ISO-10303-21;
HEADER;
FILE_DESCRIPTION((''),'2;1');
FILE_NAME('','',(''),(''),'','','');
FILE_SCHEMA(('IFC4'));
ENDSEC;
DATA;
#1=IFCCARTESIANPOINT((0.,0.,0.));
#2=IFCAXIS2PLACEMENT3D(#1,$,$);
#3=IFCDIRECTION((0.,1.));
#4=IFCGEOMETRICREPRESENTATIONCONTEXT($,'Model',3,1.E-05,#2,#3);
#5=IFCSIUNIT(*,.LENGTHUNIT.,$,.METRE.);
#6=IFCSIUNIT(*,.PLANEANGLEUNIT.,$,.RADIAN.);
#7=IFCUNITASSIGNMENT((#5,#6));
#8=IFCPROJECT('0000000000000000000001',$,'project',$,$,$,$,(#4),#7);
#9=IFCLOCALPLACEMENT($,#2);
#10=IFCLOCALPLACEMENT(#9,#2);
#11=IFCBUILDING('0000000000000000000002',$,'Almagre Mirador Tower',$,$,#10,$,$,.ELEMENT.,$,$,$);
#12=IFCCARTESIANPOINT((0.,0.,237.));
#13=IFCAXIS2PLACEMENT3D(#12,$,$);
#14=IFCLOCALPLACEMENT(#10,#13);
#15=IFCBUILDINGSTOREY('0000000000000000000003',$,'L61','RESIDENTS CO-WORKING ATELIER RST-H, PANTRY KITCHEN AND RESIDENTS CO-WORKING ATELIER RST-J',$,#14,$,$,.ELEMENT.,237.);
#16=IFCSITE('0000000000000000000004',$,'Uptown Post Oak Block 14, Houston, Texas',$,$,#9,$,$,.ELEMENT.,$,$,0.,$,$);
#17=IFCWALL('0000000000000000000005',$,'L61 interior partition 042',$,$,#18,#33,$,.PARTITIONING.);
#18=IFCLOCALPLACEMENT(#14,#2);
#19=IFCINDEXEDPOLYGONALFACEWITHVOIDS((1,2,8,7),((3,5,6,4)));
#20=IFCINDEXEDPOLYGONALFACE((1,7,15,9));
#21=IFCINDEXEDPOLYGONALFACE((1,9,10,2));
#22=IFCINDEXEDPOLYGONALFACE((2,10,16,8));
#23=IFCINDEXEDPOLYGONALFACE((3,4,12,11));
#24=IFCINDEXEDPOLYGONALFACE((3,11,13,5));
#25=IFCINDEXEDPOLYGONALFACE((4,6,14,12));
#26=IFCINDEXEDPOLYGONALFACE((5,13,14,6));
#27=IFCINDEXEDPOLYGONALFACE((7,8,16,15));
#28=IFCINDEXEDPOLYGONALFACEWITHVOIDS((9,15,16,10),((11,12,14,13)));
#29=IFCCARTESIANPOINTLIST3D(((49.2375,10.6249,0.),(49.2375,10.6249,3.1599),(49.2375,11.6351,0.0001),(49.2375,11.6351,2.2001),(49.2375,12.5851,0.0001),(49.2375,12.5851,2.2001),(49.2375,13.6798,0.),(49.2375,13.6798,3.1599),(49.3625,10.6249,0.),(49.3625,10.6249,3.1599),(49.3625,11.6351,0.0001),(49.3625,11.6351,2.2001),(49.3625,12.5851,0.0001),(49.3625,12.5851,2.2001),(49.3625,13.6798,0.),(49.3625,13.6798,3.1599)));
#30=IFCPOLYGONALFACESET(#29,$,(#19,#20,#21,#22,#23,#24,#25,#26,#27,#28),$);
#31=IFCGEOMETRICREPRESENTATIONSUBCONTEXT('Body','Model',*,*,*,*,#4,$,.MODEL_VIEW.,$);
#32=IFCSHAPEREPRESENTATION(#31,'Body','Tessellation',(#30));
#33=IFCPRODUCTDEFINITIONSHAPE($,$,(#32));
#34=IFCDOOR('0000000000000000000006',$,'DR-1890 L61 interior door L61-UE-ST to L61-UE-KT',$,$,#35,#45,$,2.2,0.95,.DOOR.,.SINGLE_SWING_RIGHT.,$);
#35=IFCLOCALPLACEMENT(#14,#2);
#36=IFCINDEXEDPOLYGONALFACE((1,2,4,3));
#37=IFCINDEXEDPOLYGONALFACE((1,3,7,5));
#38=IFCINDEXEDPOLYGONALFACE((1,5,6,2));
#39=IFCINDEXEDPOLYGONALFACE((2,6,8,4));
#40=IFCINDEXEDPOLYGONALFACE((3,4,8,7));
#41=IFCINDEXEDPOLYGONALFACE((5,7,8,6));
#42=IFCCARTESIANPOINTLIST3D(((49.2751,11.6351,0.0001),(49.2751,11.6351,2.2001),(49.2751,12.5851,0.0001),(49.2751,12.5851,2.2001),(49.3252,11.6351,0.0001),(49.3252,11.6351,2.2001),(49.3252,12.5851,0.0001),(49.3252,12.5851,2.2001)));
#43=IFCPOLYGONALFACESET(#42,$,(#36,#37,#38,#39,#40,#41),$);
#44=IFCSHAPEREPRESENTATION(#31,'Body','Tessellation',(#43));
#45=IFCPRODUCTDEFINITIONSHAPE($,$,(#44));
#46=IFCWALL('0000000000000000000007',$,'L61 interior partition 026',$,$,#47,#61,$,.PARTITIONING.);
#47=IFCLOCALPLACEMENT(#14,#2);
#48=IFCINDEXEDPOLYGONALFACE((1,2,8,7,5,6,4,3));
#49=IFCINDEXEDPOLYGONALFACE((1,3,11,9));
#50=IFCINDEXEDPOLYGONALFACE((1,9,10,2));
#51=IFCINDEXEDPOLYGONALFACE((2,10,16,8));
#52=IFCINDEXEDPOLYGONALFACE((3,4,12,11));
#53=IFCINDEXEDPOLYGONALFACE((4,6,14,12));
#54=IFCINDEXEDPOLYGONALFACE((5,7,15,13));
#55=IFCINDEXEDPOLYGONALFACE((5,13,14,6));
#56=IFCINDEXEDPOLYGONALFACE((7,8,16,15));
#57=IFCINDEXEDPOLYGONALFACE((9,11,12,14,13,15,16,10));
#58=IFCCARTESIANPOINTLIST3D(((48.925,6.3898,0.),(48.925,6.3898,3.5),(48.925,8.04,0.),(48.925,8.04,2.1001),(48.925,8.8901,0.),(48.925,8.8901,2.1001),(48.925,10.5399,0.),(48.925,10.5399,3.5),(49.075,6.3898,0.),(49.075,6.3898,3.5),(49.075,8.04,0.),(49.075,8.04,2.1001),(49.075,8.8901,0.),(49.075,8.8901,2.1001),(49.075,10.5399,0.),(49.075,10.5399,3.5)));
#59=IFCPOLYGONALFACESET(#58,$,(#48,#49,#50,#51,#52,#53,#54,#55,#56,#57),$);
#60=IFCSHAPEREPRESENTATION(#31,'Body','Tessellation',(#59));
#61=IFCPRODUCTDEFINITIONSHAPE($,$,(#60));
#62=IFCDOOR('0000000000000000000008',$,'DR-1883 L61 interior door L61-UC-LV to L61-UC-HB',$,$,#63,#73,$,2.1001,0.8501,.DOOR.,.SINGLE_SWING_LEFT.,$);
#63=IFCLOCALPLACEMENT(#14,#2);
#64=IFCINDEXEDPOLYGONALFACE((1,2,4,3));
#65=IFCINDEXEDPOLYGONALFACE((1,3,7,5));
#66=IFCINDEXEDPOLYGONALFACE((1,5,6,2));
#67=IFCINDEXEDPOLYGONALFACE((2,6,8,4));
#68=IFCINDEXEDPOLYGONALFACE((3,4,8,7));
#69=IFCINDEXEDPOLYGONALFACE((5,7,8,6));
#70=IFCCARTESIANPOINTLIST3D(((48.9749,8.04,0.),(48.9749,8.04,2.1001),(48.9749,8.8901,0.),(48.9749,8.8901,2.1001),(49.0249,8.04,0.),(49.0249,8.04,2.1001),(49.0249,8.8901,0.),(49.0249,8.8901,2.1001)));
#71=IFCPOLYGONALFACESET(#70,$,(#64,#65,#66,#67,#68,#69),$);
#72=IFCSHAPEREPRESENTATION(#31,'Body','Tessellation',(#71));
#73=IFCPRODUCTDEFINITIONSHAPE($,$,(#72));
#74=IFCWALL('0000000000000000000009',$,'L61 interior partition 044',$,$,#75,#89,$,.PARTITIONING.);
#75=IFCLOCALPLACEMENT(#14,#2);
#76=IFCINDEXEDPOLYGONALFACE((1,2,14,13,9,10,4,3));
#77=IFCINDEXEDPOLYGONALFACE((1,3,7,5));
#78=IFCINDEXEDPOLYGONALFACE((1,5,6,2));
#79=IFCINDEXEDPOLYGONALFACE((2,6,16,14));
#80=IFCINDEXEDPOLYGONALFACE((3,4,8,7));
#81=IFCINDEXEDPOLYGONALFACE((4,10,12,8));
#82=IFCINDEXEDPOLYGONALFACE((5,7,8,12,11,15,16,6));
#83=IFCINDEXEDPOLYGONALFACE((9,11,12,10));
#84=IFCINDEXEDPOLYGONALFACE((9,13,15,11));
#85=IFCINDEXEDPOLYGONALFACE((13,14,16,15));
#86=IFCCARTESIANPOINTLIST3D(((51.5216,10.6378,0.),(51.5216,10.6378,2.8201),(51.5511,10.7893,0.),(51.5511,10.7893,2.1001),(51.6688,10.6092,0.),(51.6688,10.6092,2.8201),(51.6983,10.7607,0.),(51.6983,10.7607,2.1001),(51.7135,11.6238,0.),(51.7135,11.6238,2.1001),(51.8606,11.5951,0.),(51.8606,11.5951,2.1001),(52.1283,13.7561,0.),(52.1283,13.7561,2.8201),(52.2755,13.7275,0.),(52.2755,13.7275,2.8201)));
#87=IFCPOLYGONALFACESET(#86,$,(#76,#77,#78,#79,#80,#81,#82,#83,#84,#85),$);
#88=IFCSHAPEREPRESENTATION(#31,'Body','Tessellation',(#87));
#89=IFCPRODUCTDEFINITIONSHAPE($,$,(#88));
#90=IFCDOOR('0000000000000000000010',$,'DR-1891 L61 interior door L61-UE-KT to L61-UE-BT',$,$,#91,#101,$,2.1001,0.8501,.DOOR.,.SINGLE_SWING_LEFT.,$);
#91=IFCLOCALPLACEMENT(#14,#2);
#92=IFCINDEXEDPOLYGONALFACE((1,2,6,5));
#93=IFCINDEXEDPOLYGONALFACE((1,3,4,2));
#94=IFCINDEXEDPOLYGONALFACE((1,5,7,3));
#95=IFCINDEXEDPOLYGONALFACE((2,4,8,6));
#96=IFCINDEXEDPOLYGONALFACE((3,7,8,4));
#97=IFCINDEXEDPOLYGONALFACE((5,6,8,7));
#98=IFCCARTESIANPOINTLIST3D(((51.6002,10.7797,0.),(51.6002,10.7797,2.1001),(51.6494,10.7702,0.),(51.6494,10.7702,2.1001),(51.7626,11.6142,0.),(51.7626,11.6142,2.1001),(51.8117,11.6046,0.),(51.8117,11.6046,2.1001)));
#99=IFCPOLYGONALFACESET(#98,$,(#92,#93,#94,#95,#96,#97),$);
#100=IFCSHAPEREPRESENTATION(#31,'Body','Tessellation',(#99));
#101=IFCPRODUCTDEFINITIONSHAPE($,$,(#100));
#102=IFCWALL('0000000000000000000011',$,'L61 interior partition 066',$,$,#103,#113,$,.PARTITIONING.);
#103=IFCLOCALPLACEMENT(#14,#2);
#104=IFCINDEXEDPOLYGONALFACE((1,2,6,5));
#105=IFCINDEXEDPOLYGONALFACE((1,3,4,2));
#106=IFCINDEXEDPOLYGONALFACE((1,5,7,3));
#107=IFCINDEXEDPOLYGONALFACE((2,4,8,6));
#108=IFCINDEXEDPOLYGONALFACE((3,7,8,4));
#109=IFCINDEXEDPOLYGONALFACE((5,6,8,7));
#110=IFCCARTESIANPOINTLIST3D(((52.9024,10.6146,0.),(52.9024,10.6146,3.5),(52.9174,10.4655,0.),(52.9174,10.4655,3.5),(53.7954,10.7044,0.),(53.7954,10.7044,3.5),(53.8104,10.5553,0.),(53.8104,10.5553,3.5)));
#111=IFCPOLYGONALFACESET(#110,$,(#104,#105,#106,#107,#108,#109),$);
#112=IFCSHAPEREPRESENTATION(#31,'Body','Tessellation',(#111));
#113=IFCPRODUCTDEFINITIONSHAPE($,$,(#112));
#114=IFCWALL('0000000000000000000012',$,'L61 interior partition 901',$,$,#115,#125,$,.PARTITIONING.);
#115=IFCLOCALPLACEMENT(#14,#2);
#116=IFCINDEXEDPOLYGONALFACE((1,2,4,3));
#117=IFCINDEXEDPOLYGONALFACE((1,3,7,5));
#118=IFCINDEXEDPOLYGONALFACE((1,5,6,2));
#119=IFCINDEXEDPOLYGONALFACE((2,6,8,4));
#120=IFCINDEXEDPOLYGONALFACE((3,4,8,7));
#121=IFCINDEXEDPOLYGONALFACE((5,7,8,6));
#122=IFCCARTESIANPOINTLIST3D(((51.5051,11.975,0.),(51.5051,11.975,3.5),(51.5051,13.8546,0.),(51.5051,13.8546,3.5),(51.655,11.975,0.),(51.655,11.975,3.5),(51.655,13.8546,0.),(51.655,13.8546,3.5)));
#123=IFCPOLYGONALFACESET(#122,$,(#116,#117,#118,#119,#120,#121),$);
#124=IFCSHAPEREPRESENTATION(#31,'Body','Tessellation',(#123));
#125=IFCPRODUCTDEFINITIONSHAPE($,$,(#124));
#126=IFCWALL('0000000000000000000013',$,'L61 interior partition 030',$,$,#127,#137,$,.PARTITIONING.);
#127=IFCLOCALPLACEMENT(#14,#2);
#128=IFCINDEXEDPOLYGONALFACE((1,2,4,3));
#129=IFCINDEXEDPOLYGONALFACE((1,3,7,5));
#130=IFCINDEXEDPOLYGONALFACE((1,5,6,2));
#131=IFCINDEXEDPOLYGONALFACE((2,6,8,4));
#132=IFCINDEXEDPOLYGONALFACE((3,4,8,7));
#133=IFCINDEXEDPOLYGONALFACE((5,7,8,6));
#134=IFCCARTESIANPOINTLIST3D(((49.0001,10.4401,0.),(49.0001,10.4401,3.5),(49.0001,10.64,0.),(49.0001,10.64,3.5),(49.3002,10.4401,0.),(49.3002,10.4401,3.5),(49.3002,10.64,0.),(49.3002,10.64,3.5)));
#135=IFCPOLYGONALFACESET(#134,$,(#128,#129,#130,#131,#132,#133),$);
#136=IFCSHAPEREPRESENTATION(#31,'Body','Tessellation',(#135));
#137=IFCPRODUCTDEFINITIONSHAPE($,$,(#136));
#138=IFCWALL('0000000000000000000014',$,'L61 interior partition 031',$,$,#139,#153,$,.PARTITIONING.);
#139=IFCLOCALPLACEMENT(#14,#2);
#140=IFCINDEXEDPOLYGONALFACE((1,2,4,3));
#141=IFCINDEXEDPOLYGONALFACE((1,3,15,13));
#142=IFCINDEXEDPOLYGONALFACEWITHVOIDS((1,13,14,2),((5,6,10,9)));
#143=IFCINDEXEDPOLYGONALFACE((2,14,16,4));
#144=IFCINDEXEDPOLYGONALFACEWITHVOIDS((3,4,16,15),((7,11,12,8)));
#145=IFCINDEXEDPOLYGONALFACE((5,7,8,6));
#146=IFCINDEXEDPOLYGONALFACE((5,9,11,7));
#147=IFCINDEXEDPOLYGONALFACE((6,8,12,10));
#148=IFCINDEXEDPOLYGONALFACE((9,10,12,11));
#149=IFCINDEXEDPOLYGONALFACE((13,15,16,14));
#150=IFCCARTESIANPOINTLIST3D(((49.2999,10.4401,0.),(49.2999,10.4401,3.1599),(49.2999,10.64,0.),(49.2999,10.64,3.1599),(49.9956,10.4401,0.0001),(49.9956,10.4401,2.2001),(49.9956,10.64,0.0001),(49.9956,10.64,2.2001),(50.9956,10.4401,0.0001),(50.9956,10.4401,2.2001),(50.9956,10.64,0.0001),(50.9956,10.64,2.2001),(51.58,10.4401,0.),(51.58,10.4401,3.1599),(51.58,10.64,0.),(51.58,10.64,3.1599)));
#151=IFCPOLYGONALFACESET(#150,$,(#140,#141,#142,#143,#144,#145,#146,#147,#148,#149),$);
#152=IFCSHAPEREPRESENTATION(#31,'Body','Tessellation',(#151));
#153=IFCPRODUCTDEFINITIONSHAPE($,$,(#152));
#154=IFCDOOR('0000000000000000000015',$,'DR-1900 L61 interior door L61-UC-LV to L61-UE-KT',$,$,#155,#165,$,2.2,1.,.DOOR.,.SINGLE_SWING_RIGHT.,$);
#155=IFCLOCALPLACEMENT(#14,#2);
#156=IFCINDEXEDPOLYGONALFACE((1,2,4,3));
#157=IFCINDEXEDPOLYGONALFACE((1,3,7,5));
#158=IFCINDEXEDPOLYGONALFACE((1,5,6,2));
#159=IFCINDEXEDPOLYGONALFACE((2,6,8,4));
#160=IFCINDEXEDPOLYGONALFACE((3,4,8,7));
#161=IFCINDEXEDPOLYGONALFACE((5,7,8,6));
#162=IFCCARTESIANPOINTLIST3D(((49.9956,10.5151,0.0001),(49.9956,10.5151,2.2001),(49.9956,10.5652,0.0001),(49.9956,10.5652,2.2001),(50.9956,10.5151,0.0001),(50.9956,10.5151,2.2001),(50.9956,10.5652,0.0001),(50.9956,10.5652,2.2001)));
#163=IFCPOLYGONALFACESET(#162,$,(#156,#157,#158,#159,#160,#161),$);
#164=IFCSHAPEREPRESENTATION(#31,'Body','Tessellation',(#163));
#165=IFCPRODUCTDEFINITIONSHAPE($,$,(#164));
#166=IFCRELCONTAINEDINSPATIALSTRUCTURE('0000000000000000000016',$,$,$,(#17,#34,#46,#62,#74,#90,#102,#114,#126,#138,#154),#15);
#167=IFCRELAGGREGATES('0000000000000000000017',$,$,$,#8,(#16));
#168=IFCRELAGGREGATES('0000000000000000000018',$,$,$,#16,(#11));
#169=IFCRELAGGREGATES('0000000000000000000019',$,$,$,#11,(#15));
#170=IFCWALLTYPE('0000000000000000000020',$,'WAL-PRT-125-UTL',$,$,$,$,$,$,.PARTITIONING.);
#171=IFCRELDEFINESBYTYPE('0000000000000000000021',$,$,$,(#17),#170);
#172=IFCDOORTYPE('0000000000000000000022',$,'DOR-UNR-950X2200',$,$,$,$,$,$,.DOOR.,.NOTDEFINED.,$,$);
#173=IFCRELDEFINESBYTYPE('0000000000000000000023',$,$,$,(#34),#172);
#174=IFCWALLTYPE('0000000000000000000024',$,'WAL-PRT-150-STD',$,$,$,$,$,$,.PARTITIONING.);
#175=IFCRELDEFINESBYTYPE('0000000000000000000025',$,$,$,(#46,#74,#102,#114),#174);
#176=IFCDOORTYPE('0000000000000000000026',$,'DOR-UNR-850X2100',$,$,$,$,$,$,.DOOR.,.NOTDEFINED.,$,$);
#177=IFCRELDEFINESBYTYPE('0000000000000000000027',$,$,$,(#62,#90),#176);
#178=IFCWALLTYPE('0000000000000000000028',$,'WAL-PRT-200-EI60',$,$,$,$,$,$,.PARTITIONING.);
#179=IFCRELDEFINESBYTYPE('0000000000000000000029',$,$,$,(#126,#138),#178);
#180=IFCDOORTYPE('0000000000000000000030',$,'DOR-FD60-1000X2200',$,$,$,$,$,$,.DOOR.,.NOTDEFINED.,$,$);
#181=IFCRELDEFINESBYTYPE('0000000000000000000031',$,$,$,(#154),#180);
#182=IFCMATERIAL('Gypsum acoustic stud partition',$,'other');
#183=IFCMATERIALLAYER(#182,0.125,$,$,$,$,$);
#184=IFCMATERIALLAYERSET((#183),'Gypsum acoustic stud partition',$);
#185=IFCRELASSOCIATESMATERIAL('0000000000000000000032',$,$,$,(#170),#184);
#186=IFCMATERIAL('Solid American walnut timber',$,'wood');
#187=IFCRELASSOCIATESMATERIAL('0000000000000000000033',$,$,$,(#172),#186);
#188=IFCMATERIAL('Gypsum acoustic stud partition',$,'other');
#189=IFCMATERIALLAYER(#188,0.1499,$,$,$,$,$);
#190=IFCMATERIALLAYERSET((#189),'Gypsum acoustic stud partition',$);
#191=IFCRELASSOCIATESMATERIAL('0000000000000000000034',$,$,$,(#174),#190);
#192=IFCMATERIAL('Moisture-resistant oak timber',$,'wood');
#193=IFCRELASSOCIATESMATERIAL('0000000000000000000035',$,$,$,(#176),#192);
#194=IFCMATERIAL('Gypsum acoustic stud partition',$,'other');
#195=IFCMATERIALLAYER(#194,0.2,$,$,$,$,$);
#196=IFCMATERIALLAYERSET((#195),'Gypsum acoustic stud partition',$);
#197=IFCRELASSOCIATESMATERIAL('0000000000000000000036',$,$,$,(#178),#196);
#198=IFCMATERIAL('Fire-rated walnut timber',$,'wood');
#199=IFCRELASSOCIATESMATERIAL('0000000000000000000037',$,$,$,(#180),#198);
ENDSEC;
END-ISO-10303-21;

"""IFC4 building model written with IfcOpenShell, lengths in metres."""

from ifc_helpers import new_model, si_unit, direction, frame, frame_2d, origin, place, context, subcontext, project, spatial, rectangle, extrude, material, layer, layer_set, type_object, element, fill, save


model = new_model("IFC4")

# Units and contexts
model_context = context("Model", 3, precision=1e-05, world=origin(), true_north=direction((0.0, 1.0)))
body_context = subcontext(model_context, "Body", "Model", "MODEL_VIEW")
ifc_project = project(units=[si_unit("LENGTHUNIT", "METRE"), si_unit("PLANEANGLEUNIT", "RADIAN")], contexts=[model_context])

# Site, building, storey
site_placement = place(None, origin())
site = spatial("IfcSite", under=ifc_project, at=site_placement, Name="Uptown Post Oak Block 14, Houston, Texas", CompositionType="ELEMENT", RefElevation=0.0)
building_placement = place(site_placement, origin())
building = spatial("IfcBuilding", under=site, at=building_placement, Name="Almagre Mirador Tower", CompositionType="ELEMENT")
storey_placement = place(building_placement, frame((0.0, 0.0, 237.0)))
storey = spatial("IfcBuildingStorey", under=building, at=storey_placement, Name="L61", Description="RESIDENTS CO-WORKING ATELIER RST-H, PANTRY KITCHEN AND RESIDENTS CO-WORKING ATELIER RST-J", CompositionType="ELEMENT", Elevation=237.0)

# Shared definitions
ifc_material_1 = material(Name="Gypsum acoustic stud partition", Category="other")
ifc_layer_1 = layer(ifc_material_1, 0.125)
ifc_layer_set_1 = layer_set([ifc_layer_1], Name="Gypsum acoustic stud partition")
wall_type_1 = type_object("IfcWallType", Name="WAL-PRT-125-UTL", PredefinedType="PARTITIONING", material=ifc_layer_set_1)

# Walls, openings, doors
wall_1_placement = place(storey_placement, frame((49.3, 10.625, 0.0), z_axis=(0.0, 0.0, 1.0), x_axis=(0.0, 1.0, 0.0)))
wall_1 = element("IfcWall", 1, at=wall_1_placement, inside=storey, type_object=wall_type_1, Name="L61 interior partition 042", PredefinedType="PARTITIONING", context=body_context, shape_type="SweptSolid", body=[
    extrude(rectangle(XDim=3.0549, YDim=0.125, at=frame_2d((1.5273, 0.0))), origin(), (0.0, 0.0, 1.0), 3.1599),
])
opening_1_placement = place(wall_1_placement, frame((1.01, 0.0, 0.0)))
opening_1 = element("IfcOpeningElement", 2, at=opening_1_placement, cuts=wall_1, PredefinedType="OPENING", context=body_context, shape_type="SweptSolid", body=[
    extrude(rectangle(XDim=0.95, YDim=2.2, at=frame_2d((0.4751, 1.1001))), frame((0.0, 0.0725, 0.0), z_axis=(0.0, -1.0, 0.0), x_axis=(1.0, 0.0, 0.0)), (0.0, 0.0, 1.0), 0.145),
])
ifc_material_2 = material(Name="Solid American walnut timber", Category="wood")
door_type_1 = type_object("IfcDoorType", Name="DOR-UNR-950X2200", OperationType="NOTDEFINED", PredefinedType="DOOR", material=ifc_material_2)
door_1_placement = place(opening_1_placement, origin())
door_1 = element("IfcDoor", 3, at=door_1_placement, inside=storey, type_object=door_type_1, Name="DR-1890 L61 interior door L61-UE-ST to L61-UE-KT", OperationType="SINGLE_SWING_RIGHT", OverallHeight=2.2, OverallWidth=0.95, PredefinedType="DOOR", context=body_context, shape_type="SweptSolid", body=[
    extrude(rectangle(XDim=0.95, YDim=2.2, at=frame_2d((0.4751, 1.1001))), frame((0.0, 0.0249, 0.0), z_axis=(0.0, -1.0, 0.0), x_axis=(1.0, 0.0, 0.0)), (0.0, 0.0, 1.0), 0.05),
])
fill(opening_1, door_1)
ifc_material_3 = material(Name="Gypsum acoustic stud partition", Category="other")
ifc_layer_2 = layer(ifc_material_3, 0.1499)
ifc_layer_set_2 = layer_set([ifc_layer_2], Name="Gypsum acoustic stud partition")
wall_type_2 = type_object("IfcWallType", Name="WAL-PRT-150-STD", PredefinedType="PARTITIONING", material=ifc_layer_set_2)
wall_2_placement = place(storey_placement, frame((49.0, 10.54, 0.0), z_axis=(0.0, 0.0, 1.0), x_axis=(0.0, -1.0, 0.0)))
wall_2 = element("IfcWall", 4, at=wall_2_placement, inside=storey, type_object=wall_type_2, Name="L61 interior partition 026", PredefinedType="PARTITIONING", context=body_context, shape_type="SweptSolid", body=[
    extrude(rectangle(XDim=4.1501, YDim=0.1499, at=frame_2d((2.0752, 0.0))), origin(), (0.0, 0.0, 1.0), 3.5),
])
opening_2_placement = place(wall_2_placement, frame((1.6499, 0.0, 0.0)))
opening_2 = element("IfcOpeningElement", 5, at=opening_2_placement, cuts=wall_2, PredefinedType="OPENING", context=body_context, shape_type="SweptSolid", body=[
    extrude(rectangle(XDim=0.8501, YDim=2.1001, at=frame_2d((0.425, 1.05))), frame((0.0, 0.085, 0.0), z_axis=(0.0, -1.0, 0.0), x_axis=(1.0, 0.0, 0.0)), (0.0, 0.0, 1.0), 0.1699),
])
ifc_material_4 = material(Name="Moisture-resistant oak timber", Category="wood")
door_type_2 = type_object("IfcDoorType", Name="DOR-UNR-850X2100", OperationType="NOTDEFINED", PredefinedType="DOOR", material=ifc_material_4)
door_2_placement = place(opening_2_placement, origin())
door_2 = element("IfcDoor", 6, at=door_2_placement, inside=storey, type_object=door_type_2, Name="DR-1883 L61 interior door L61-UC-LV to L61-UC-HB", OperationType="SINGLE_SWING_LEFT", OverallHeight=2.1001, OverallWidth=0.8501, PredefinedType="DOOR", context=body_context, shape_type="SweptSolid", body=[
    extrude(rectangle(XDim=0.8501, YDim=2.1001, at=frame_2d((0.425, 1.05))), frame((0.0, 0.0249, 0.0), z_axis=(0.0, -1.0, 0.0), x_axis=(1.0, 0.0, 0.0)), (0.0, 0.0, 1.0), 0.05),
])
fill(opening_2, door_2)
wall_3_placement = place(storey_placement, frame((51.5952, 10.6235, 0.0), z_axis=(0.0, 0.0, 1.0), x_axis=(0.19097, 0.981596, 0.0)))
wall_3 = element("IfcWall", 7, at=wall_3_placement, inside=storey, type_object=wall_type_2, Name="L61 interior partition 044", PredefinedType="PARTITIONING", context=body_context, shape_type="SweptSolid", body=[
    extrude(rectangle(XDim=3.1768, YDim=0.1499, at=frame_2d((1.5884, 0.0))), origin(), (0.0, 0.0, 1.0), 2.8201),
])
opening_3_placement = place(wall_3_placement, frame((0.1543, 0.0, 0.0)))
opening_3 = element("IfcOpeningElement", 8, at=opening_3_placement, cuts=wall_3, PredefinedType="OPENING", context=body_context, shape_type="SweptSolid", body=[
    extrude(rectangle(XDim=0.8501, YDim=2.1001, at=frame_2d((0.425, 1.05))), frame((0.0, 0.085, 0.0), z_axis=(0.0, -1.0, 0.0), x_axis=(1.0, 0.0, 0.0)), (0.0, 0.0, 1.0), 0.1699),
])
door_3_placement = place(opening_3_placement, origin())
door_3 = element("IfcDoor", 9, at=door_3_placement, inside=storey, type_object=door_type_2, Name="DR-1891 L61 interior door L61-UE-KT to L61-UE-BT", OperationType="SINGLE_SWING_LEFT", OverallHeight=2.1001, OverallWidth=0.8501, PredefinedType="DOOR", context=body_context, shape_type="SweptSolid", body=[
    extrude(rectangle(XDim=0.8501, YDim=2.1001, at=frame_2d((0.425, 1.05))), frame((0.0, 0.0249, 0.0), z_axis=(0.0, -1.0, 0.0), x_axis=(1.0, 0.0, 0.0)), (0.0, 0.0, 1.0), 0.05),
])
fill(opening_3, door_3)

# Walls
wall_4_placement = place(storey_placement, frame((52.9099, 10.54, 0.0), z_axis=(0.0, 0.0, 1.0), x_axis=(0.994978, 0.100096, 0.0)))
element("IfcWall", 10, at=wall_4_placement, inside=storey, type_object=wall_type_2, Name="L61 interior partition 066", PredefinedType="PARTITIONING", context=body_context, shape_type="SweptSolid", body=[
    extrude(rectangle(XDim=0.8975, YDim=0.1499, at=frame_2d((0.4487, 0.0))), origin(), (0.0, 0.0, 1.0), 3.5),
])
wall_5_placement = place(storey_placement, frame((51.5801, 11.9749, 0.0), z_axis=(0.0, 0.0, 1.0), x_axis=(0.0, 1.0, 0.0)))
element("IfcWall", 11, at=wall_5_placement, inside=storey, type_object=wall_type_2, Name="L61 interior partition 901", PredefinedType="PARTITIONING", context=body_context, shape_type="SweptSolid", body=[
    extrude(rectangle(XDim=1.8796, YDim=0.1499, at=frame_2d((0.9399, 0.0))), origin(), (0.0, 0.0, 1.0), 3.5),
])
ifc_material_5 = material(Name="Gypsum acoustic stud partition", Category="other")
ifc_layer_3 = layer(ifc_material_5, 0.2)
ifc_layer_set_3 = layer_set([ifc_layer_3], Name="Gypsum acoustic stud partition")
wall_type_3 = type_object("IfcWallType", Name="WAL-PRT-200-EI60", PredefinedType="PARTITIONING", material=ifc_layer_set_3)
wall_6_placement = place(storey_placement, frame((49.3, 10.54, 0.0), z_axis=(0.0, 0.0, 1.0), x_axis=(-1.0, 0.0, 0.0)))
element("IfcWall", 12, at=wall_6_placement, inside=storey, type_object=wall_type_3, Name="L61 interior partition 030", PredefinedType="PARTITIONING", context=body_context, shape_type="SweptSolid", body=[
    extrude(rectangle(XDim=0.3, YDim=0.2, at=frame_2d((0.1499, 0.0))), origin(), (0.0, 0.0, 1.0), 3.5),
])

# Wall, opening, door
wall_7_placement = place(storey_placement, frame((51.5801, 10.54, 0.0), z_axis=(0.0, 0.0, 1.0), x_axis=(-1.0, 0.0, 0.0)))
wall_7 = element("IfcWall", 13, at=wall_7_placement, inside=storey, type_object=wall_type_3, Name="L61 interior partition 031", PredefinedType="PARTITIONING", context=body_context, shape_type="SweptSolid", body=[
    extrude(rectangle(XDim=2.28, YDim=0.2, at=frame_2d((1.1401, 0.0))), origin(), (0.0, 0.0, 1.0), 3.1599),
])
opening_4_placement = place(wall_7_placement, frame((0.5845, 0.0, 0.0)))
opening_4 = element("IfcOpeningElement", 14, at=opening_4_placement, cuts=wall_7, PredefinedType="OPENING", context=body_context, shape_type="SweptSolid", body=[
    extrude(rectangle(XDim=1.0, YDim=2.2, at=frame_2d((0.5, 1.1001))), frame((0.0, 0.1101, 0.0), z_axis=(0.0, -1.0, 0.0), x_axis=(1.0, 0.0, 0.0)), (0.0, 0.0, 1.0), 0.22),
])
ifc_material_6 = material(Name="Fire-rated walnut timber", Category="wood")
door_type_3 = type_object("IfcDoorType", Name="DOR-FD60-1000X2200", OperationType="NOTDEFINED", PredefinedType="DOOR", material=ifc_material_6)
door_4_placement = place(opening_4_placement, origin())
door_4 = element("IfcDoor", 15, at=door_4_placement, inside=storey, type_object=door_type_3, Name="DR-1900 L61 interior door L61-UC-LV to L61-UE-KT", OperationType="SINGLE_SWING_RIGHT", OverallHeight=2.2, OverallWidth=1.0, PredefinedType="DOOR", context=body_context, shape_type="SweptSolid", body=[
    extrude(rectangle(XDim=1.0, YDim=2.2, at=frame_2d((0.5, 1.1001))), frame((0.0, 0.0249, 0.0), z_axis=(0.0, -1.0, 0.0), x_axis=(1.0, 0.0, 0.0)), (0.0, 0.0, 1.0), 0.05),
])
fill(opening_4, door_4)

save(model, "model.ifc")
